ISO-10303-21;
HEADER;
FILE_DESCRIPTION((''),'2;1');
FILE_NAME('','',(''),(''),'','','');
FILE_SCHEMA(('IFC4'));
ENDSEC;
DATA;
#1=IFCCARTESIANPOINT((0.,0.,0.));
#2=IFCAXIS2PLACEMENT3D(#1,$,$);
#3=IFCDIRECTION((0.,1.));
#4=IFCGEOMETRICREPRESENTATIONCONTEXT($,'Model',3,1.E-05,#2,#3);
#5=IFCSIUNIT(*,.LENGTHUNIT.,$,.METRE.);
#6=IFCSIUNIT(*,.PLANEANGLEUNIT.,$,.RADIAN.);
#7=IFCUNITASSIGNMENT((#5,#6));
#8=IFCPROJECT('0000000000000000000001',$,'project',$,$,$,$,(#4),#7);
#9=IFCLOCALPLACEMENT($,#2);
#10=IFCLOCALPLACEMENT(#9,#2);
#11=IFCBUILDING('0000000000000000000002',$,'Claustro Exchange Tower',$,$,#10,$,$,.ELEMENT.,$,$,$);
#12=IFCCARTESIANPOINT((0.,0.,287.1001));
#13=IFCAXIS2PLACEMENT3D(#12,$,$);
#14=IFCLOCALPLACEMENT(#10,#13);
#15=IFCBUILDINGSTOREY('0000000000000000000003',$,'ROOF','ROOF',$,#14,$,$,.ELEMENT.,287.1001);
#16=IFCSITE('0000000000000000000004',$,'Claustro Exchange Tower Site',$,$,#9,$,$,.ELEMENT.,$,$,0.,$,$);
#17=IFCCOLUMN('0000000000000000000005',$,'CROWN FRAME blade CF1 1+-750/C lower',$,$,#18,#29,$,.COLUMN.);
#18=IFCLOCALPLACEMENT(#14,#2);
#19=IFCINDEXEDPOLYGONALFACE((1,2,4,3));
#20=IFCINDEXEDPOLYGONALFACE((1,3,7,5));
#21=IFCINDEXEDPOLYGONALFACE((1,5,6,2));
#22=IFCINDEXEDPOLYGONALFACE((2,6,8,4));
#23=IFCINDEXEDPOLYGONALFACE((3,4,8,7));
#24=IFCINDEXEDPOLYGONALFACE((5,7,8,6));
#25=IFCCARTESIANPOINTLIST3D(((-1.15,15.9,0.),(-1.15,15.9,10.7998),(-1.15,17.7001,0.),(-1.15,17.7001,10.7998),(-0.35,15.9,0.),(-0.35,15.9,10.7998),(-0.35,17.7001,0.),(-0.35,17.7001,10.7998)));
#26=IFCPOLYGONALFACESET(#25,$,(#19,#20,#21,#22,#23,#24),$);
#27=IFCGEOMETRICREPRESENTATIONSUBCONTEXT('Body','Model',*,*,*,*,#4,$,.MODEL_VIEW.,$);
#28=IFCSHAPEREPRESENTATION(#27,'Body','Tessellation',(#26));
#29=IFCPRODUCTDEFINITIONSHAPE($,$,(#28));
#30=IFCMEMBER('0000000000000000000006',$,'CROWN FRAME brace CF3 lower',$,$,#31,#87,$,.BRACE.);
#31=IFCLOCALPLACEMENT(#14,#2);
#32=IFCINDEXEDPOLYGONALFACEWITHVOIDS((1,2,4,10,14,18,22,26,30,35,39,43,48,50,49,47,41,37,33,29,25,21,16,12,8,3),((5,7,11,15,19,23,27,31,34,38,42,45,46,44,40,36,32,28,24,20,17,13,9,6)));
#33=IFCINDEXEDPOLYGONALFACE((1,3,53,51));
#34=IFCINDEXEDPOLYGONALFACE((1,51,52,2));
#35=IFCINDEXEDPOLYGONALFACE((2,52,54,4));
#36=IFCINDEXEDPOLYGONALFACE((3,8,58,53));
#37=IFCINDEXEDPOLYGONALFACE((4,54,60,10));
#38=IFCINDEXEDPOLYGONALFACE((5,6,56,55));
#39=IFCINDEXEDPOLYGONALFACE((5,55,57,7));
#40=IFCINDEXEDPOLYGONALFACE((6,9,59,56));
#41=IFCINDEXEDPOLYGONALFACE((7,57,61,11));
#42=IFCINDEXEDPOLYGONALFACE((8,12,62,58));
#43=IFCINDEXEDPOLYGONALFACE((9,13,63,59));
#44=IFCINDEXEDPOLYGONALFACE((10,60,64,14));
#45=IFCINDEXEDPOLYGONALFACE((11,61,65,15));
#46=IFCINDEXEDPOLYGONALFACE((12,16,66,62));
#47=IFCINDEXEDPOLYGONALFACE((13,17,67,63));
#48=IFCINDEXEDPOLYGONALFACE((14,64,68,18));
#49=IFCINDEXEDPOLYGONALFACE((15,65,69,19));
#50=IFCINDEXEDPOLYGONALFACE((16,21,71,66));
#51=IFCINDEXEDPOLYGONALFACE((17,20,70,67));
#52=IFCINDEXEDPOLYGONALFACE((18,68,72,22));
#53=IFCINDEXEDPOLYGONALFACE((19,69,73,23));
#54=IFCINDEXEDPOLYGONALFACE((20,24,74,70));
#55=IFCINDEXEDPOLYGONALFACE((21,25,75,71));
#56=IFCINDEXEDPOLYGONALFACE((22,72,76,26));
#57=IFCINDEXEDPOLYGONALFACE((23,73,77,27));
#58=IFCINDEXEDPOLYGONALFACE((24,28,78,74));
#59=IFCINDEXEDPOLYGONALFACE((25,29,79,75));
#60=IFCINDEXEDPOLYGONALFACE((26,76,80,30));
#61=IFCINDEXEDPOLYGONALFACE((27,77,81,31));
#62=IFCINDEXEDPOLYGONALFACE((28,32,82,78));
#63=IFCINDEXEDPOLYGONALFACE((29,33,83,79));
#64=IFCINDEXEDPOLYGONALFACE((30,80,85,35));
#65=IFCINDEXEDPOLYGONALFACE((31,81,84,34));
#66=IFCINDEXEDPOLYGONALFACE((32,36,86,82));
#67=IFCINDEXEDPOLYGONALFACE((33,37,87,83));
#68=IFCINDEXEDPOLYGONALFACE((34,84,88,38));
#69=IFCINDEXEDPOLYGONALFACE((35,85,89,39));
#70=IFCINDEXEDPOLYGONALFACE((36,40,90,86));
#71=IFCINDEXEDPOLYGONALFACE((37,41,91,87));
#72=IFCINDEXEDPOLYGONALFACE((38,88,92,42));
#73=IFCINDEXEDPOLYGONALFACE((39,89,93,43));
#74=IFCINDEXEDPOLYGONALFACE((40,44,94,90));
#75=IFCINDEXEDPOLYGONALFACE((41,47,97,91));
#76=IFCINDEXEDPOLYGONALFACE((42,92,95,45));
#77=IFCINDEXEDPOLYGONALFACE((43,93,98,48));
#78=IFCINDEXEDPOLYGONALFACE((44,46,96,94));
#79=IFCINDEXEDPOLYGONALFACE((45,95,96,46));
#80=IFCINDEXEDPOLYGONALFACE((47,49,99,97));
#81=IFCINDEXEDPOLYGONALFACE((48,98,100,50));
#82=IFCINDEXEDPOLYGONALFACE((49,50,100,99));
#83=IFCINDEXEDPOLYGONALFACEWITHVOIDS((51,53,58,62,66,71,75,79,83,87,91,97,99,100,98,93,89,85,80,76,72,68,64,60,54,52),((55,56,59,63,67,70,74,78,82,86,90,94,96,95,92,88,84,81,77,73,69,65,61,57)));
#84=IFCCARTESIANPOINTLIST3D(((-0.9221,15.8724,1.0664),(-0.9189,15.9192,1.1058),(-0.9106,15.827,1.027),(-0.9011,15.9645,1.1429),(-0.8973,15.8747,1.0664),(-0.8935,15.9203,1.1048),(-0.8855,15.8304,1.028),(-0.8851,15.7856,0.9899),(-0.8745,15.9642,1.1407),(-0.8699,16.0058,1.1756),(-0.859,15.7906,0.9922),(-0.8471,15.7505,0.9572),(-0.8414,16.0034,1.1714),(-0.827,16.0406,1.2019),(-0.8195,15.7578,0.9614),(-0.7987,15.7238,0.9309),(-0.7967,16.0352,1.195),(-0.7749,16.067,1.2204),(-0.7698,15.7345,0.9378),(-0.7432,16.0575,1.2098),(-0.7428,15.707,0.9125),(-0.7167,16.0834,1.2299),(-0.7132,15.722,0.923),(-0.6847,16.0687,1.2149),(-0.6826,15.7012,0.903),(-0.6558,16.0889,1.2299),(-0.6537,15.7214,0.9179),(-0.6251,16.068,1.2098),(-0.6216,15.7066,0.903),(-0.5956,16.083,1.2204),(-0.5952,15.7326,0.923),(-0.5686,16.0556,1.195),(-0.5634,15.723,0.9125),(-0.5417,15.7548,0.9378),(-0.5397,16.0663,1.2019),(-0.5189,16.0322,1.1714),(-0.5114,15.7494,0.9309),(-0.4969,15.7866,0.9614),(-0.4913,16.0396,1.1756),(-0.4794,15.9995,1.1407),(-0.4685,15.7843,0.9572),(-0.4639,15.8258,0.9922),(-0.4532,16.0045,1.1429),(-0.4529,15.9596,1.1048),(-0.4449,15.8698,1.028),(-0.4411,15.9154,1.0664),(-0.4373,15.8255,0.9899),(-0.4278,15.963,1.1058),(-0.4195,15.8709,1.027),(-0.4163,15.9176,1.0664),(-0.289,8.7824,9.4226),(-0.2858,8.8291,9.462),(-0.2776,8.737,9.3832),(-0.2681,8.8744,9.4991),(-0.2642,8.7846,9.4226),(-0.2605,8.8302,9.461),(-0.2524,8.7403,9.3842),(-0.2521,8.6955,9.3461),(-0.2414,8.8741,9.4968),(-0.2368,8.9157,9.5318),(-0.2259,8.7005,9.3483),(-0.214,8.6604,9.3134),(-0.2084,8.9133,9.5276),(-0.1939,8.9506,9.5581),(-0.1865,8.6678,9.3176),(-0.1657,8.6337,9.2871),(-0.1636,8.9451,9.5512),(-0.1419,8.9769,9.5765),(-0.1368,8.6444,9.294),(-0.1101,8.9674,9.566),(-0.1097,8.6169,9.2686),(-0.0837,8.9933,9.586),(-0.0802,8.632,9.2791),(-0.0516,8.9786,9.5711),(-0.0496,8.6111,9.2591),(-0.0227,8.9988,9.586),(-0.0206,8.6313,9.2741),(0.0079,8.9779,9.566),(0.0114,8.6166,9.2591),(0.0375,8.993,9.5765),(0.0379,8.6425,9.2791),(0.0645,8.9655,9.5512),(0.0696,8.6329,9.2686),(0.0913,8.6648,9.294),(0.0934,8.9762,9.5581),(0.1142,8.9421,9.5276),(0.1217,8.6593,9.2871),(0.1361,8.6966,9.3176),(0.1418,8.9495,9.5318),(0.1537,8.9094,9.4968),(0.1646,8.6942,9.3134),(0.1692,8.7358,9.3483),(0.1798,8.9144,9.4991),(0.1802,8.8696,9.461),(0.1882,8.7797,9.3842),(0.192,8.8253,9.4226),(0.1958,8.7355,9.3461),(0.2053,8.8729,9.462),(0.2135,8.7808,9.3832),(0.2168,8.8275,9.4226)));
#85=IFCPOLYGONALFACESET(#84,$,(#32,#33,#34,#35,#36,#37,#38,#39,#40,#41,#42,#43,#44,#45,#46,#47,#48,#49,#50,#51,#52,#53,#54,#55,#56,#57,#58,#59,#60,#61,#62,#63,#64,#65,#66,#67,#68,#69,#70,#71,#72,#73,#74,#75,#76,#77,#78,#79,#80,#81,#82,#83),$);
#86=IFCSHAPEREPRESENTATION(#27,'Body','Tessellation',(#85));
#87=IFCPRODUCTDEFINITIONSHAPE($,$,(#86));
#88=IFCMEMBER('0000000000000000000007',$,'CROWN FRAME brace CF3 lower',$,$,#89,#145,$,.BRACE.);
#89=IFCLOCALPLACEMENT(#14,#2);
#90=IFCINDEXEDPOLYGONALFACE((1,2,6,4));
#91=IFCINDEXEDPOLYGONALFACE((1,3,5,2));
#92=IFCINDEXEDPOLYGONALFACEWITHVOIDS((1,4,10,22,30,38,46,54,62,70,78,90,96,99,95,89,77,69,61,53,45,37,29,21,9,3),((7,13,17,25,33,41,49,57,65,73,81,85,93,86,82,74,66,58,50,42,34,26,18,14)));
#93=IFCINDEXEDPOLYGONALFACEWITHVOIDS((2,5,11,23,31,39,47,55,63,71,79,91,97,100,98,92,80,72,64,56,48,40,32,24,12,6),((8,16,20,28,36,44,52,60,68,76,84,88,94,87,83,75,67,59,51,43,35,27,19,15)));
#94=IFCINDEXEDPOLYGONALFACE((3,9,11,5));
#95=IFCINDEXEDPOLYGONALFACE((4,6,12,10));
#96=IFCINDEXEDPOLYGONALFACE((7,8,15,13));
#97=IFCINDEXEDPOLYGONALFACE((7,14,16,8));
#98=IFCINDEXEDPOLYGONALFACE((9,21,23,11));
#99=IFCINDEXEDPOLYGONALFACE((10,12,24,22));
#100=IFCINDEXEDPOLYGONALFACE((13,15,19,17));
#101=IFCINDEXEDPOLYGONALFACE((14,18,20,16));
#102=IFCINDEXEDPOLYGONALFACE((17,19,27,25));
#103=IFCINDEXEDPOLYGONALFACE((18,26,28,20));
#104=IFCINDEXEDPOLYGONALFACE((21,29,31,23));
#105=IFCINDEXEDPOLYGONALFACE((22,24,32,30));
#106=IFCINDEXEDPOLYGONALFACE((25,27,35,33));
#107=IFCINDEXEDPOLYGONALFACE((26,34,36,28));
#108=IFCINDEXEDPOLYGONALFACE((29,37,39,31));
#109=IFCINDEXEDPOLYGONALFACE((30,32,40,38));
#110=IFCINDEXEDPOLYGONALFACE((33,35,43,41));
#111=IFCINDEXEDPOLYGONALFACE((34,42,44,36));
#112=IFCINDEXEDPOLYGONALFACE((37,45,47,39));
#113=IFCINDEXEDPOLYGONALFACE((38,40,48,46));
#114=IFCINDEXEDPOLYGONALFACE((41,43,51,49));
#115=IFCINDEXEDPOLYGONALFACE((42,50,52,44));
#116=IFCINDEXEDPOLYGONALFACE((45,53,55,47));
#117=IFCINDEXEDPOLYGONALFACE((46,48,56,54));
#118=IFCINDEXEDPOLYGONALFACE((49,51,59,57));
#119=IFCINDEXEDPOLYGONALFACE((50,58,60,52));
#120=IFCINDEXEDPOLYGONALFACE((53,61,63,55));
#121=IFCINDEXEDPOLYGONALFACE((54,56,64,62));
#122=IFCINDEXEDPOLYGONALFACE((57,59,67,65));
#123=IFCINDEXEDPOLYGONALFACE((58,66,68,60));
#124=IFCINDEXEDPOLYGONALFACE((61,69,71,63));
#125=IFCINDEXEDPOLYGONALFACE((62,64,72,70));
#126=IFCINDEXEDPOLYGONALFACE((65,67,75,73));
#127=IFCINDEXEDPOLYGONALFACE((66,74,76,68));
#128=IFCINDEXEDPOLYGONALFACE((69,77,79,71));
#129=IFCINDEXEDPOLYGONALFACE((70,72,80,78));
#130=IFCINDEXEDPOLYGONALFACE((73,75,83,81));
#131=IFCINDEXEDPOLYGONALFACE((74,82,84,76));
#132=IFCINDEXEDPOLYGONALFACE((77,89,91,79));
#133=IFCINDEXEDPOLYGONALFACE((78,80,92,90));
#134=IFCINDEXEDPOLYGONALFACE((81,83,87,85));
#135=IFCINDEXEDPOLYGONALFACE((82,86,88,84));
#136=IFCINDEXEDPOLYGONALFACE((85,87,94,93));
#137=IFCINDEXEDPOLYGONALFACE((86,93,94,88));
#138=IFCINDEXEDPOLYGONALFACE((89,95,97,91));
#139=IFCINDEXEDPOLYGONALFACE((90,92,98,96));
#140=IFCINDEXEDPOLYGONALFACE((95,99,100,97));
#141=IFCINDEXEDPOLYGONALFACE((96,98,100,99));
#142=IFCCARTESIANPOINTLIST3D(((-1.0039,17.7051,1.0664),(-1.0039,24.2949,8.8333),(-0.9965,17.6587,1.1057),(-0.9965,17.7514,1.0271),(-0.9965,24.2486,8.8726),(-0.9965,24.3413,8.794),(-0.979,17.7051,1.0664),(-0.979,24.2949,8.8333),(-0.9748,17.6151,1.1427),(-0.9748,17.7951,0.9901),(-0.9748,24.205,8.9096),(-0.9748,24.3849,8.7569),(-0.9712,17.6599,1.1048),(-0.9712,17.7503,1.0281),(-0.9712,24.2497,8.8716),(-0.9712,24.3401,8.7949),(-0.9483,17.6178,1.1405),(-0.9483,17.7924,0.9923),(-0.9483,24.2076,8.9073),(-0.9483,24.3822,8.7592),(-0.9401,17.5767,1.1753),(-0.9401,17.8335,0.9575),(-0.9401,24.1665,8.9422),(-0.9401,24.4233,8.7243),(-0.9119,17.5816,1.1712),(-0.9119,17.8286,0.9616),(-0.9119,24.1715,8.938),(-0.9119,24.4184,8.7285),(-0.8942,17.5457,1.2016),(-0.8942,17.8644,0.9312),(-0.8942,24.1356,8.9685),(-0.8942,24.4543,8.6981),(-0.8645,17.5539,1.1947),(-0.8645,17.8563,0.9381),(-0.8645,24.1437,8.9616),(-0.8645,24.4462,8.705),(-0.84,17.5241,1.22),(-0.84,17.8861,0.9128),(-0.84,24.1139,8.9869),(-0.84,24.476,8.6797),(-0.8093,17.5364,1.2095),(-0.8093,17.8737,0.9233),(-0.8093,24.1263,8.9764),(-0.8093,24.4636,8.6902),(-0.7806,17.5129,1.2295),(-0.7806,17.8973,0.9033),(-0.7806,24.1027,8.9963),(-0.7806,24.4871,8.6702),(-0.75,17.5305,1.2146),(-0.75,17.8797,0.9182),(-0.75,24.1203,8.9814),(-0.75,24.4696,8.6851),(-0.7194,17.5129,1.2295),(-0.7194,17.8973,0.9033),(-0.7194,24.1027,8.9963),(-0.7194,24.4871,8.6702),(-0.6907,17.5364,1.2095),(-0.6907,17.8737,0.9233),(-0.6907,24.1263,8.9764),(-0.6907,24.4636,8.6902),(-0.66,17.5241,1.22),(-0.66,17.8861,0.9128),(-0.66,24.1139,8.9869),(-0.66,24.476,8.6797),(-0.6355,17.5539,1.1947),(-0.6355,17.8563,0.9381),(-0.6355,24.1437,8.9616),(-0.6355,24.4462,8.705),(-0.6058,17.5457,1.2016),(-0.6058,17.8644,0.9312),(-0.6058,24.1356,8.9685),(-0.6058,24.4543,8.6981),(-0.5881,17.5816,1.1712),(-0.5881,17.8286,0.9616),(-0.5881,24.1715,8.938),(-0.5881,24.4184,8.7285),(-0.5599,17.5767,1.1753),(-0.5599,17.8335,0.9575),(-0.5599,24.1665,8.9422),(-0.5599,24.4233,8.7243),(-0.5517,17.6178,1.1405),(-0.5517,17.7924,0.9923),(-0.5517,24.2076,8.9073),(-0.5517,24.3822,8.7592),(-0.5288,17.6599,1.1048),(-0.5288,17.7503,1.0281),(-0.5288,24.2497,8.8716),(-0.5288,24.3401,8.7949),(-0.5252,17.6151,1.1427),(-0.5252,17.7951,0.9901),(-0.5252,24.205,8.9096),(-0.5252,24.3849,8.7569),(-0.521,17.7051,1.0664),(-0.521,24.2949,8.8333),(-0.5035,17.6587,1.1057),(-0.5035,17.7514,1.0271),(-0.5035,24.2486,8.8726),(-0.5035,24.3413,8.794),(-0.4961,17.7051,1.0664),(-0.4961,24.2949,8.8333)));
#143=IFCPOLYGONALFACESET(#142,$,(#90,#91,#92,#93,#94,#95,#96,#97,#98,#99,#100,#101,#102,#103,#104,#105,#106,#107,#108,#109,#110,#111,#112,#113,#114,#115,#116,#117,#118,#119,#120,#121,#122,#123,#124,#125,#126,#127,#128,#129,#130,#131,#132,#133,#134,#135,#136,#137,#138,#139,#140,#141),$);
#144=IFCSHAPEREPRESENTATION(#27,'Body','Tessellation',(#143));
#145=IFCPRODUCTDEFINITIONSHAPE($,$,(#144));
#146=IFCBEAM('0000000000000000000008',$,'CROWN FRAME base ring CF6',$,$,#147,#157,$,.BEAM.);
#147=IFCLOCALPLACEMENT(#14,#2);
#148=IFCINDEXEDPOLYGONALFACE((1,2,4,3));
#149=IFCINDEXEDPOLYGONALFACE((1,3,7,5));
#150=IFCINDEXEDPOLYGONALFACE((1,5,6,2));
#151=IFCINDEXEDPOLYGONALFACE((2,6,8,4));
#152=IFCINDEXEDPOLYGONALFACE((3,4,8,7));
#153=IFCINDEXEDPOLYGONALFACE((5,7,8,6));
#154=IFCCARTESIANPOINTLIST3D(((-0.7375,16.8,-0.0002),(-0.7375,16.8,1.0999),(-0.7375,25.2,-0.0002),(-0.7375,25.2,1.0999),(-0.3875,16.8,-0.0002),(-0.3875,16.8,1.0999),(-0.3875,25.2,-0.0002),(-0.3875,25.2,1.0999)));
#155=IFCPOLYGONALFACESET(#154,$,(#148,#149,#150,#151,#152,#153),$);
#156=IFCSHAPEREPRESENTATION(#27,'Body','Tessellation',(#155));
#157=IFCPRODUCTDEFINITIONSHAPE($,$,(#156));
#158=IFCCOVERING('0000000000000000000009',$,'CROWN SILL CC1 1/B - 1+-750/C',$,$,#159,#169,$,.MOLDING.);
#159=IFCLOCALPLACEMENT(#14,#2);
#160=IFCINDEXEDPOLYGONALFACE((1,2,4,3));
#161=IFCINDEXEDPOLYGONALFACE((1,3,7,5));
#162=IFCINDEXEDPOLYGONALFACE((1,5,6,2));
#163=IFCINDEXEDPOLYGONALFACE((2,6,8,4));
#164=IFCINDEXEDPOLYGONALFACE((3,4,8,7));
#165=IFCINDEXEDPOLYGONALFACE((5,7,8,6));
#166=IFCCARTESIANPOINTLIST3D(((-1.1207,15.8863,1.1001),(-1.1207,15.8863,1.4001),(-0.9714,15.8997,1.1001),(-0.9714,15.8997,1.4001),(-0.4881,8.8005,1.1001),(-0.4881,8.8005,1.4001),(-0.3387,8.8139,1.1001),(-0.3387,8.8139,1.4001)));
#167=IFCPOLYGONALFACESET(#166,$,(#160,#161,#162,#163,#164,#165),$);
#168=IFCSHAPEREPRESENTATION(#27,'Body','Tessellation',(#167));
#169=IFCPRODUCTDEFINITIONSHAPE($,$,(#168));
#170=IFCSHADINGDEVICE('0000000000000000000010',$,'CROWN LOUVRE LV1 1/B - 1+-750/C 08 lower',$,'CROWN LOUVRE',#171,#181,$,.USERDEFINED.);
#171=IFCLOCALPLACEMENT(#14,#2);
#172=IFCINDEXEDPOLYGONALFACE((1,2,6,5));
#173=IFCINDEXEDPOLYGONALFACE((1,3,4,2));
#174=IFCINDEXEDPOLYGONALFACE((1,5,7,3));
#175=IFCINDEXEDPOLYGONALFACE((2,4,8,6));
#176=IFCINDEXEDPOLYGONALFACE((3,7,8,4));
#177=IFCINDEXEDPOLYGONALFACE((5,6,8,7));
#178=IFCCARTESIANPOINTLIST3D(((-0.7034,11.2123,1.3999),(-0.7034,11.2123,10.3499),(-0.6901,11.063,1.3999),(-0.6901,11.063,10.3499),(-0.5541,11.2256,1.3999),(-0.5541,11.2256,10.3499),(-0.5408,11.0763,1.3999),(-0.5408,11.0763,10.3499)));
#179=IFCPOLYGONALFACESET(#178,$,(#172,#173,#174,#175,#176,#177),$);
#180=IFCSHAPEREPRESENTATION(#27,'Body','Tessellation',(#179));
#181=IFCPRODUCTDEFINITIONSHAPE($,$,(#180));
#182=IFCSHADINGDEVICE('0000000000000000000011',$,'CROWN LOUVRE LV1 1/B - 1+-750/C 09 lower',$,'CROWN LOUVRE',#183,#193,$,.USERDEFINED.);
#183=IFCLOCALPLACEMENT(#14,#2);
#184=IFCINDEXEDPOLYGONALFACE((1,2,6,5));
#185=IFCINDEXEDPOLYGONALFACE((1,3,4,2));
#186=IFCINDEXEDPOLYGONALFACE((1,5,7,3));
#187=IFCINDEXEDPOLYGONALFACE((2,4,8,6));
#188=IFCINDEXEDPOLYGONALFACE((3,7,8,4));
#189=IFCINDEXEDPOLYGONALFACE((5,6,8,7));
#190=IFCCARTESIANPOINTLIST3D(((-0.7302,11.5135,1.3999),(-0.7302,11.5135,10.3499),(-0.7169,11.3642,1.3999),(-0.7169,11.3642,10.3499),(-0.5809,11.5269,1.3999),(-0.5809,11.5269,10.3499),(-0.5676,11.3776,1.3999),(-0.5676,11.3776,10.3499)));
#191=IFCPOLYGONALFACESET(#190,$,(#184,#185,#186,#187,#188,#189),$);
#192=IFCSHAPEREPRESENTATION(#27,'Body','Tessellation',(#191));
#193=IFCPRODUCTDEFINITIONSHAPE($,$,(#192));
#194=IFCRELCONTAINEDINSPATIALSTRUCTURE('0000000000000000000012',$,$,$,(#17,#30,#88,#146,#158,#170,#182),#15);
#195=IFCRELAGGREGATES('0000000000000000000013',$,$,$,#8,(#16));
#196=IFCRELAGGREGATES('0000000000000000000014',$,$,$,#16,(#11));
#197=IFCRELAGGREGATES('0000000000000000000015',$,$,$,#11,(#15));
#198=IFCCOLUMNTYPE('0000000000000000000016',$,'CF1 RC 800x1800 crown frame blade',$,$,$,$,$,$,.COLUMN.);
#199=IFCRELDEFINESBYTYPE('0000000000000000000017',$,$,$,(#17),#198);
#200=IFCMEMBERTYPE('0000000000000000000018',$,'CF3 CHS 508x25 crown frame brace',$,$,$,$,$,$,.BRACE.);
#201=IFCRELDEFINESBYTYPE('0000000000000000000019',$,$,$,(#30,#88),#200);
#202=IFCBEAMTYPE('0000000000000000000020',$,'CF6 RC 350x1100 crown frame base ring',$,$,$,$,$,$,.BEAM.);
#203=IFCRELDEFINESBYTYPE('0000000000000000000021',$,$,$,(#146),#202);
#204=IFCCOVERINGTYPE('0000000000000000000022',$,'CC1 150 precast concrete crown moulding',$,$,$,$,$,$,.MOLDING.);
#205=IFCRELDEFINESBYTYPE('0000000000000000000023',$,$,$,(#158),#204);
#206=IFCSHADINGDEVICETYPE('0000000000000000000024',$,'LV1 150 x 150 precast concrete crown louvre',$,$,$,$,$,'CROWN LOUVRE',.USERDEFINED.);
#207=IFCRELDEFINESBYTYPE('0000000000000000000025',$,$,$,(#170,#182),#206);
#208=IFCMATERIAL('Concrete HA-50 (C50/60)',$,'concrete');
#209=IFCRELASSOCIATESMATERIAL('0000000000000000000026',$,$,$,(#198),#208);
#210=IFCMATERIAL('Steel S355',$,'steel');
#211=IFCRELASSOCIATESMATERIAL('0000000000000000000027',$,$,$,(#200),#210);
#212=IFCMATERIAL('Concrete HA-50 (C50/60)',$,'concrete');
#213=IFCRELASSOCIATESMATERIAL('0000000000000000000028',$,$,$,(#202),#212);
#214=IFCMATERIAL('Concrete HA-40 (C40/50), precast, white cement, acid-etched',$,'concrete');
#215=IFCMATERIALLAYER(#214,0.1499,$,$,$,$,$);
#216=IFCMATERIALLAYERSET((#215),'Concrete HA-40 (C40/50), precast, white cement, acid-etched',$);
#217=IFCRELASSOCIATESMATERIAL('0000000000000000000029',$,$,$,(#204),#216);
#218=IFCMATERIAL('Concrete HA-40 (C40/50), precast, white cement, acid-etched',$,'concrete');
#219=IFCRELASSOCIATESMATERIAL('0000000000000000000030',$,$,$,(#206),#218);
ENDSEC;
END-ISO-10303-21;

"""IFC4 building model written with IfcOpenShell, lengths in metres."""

from ifc_helpers import new_model, si_unit, direction, frame, origin, origin_2d, place, context, subcontext, project, spatial, rectangle, hollow_circle, extrude, material, layer, layer_set, material_profile, profile_set, type_object, element, save


model = new_model("IFC4")

# Units and contexts
model_context = context("Model", 3, precision=1e-05, world=origin(), true_north=direction((0.0, 1.0)))
body_context = subcontext(model_context, "Body", "Model", "MODEL_VIEW")
ifc_project = project(units=[si_unit("LENGTHUNIT", "METRE"), si_unit("PLANEANGLEUNIT", "RADIAN")], contexts=[model_context])

# Site, building, storey
site_placement = place(None, origin())
site = spatial("IfcSite", under=ifc_project, at=site_placement, Name="Claustro Exchange Tower Site", CompositionType="ELEMENT", RefElevation=0.0)
building_placement = place(site_placement, origin())
building = spatial("IfcBuilding", under=site, at=building_placement, Name="Claustro Exchange Tower", CompositionType="ELEMENT")
storey_placement = place(building_placement, frame((0.0, 0.0, 287.1001)))
storey = spatial("IfcBuildingStorey", under=building, at=storey_placement, Name="ROOF", Description="ROOF", CompositionType="ELEMENT", Elevation=287.1001)

# Column
ifc_material_1 = material(Name="Concrete HA-50 (C50/60)", Category="concrete")
ifc_material_profile_1 = material_profile(ifc_material_1, rectangle(XDim=0.8, YDim=1.8, at=origin_2d()), Name="RC 800x1800")
ifc_profile_set_1 = profile_set([ifc_material_profile_1], Name="Concrete HA-50 (C50/60)")
column_type = type_object("IfcColumnType", Name="CF1 RC 800x1800 crown frame blade", PredefinedType="COLUMN", material=ifc_profile_set_1)
column_placement = place(storey_placement, frame((-0.75, 16.8, 0.0), z_axis=(0.0, 0.0, 1.0), x_axis=(1.0, 0.0, 0.0)))
element("IfcColumn", 1, at=column_placement, inside=storey, type_object=column_type, Name="CROWN FRAME blade CF1 1+-750/C lower", PredefinedType="COLUMN", context=body_context, shape_type="SweptSolid", body=[
    extrude(rectangle(XDim=0.8, YDim=1.8, at=origin_2d()), origin(), (0.0, 0.0, 1.0), 10.7998),
])

# Members
ifc_material_2 = material(Name="Steel S355", Category="steel")
ifc_material_profile_2 = material_profile(ifc_material_2, hollow_circle(Radius=0.2539, WallThickness=0.0249, at=origin_2d()), Name="CHS 508x25")
ifc_profile_set_2 = profile_set([ifc_material_profile_2], Name="Steel S355")
member_type = type_object("IfcMemberType", Name="CF3 CHS 508x25 crown frame brace", PredefinedType="BRACE", material=ifc_profile_set_2)
member_1_placement = place(storey_placement, frame((-0.6692, 15.895, 1.0664), z_axis=(0.057671, -0.645899, 0.761241), x_axis=(0.996038, 0.088934, 0.0)))
element("IfcMember", 2, at=member_1_placement, inside=storey, type_object=member_type, Name="CROWN FRAME brace CF3 lower", PredefinedType="BRACE", context=body_context, shape_type="SweptSolid", body=[
    extrude(hollow_circle(Radius=0.2539, WallThickness=0.0249, at=origin_2d()), origin(), (0.0, 0.0, 1.0), 10.9771),
])
member_2_placement = place(storey_placement, frame((-0.75, 17.7051, 1.0664), z_axis=(0.0, 0.646966, 0.762519), x_axis=(-1.0, 0.0, 0.0)))
element("IfcMember", 3, at=member_2_placement, inside=storey, type_object=member_type, Name="CROWN FRAME brace CF3 lower", PredefinedType="BRACE", context=body_context, shape_type="SweptSolid", body=[
    extrude(hollow_circle(Radius=0.2539, WallThickness=0.0249, at=origin_2d()), origin(), (0.0, 0.0, 1.0), 10.1858),
])

# Beam
ifc_material_3 = material(Name="Concrete HA-50 (C50/60)", Category="concrete")
ifc_material_profile_3 = material_profile(ifc_material_3, rectangle(XDim=0.3501, YDim=1.1001, at=origin_2d()), Name="RC 350x1100")
ifc_profile_set_3 = profile_set([ifc_material_profile_3], Name="Concrete HA-50 (C50/60)")
beam_type = type_object("IfcBeamType", Name="CF6 RC 350x1100 crown frame base ring", PredefinedType="BEAM", material=ifc_profile_set_3)
beam_placement = place(storey_placement, frame((-0.5625, 16.8, 0.5498), z_axis=(0.0, 1.0, 0.0), x_axis=(-1.0, 0.0, 0.0)))
element("IfcBeam", 4, at=beam_placement, inside=storey, type_object=beam_type, Name="CROWN FRAME base ring CF6", PredefinedType="BEAM", context=body_context, shape_type="SweptSolid", body=[
    extrude(rectangle(XDim=0.3501, YDim=1.1001, at=origin_2d()), origin(), (0.0, 0.0, 1.0), 8.3999),
])

# Covering
ifc_material_4 = material(Name="Concrete HA-40 (C40/50), precast, white cement, acid-etched", Category="concrete")
ifc_layer_1 = layer(ifc_material_4, 0.1499)
ifc_layer_set_1 = layer_set([ifc_layer_1], Name="Concrete HA-40 (C40/50), precast, white cement, acid-etched")
covering_type = type_object("IfcCoveringType", Name="CC1 150 precast concrete crown moulding", PredefinedType="MOLDING", material=ifc_layer_set_1)
covering_placement = place(storey_placement, frame((-0.7297, 12.3501, 1.1001), z_axis=(0.0, 0.0, 1.0), x_axis=(-0.088933, 0.996038, 0.0)))
element("IfcCovering", 5, at=covering_placement, inside=storey, type_object=covering_type, Name="CROWN SILL CC1 1/B - 1+-750/C", PredefinedType="MOLDING", context=body_context, shape_type="SweptSolid", body=[
    extrude(rectangle(XDim=7.114, YDim=0.1499, at=origin_2d()), origin(), (0.0, 0.0, 1.0), 0.3),
])

# Shading devices
ifc_material_5 = material(Name="Concrete HA-40 (C40/50), precast, white cement, acid-etched", Category="concrete")
shading_device_type = type_object("IfcShadingDeviceType", Name="LV1 150 x 150 precast concrete crown louvre", ElementType="CROWN LOUVRE", PredefinedType="USERDEFINED", material=ifc_material_5)
for number, where, z_axis, x_axis, name in (
    (6, (-0.6221, 11.1443, 1.3999), (0.0, 0.0, 1.0), (-0.088933, 0.996038, 0.0), "CROWN LOUVRE LV1 1/B - 1+-750/C 08 lower"),
    (7, (-0.6489, 11.4456, 1.3999), (0.0, 0.0, 1.0), (-0.088933, 0.996038, 0.0), "CROWN LOUVRE LV1 1/B - 1+-750/C 09 lower"),
):
    element("IfcShadingDevice", number, at=place(storey_placement, frame(where, z_axis=z_axis, x_axis=x_axis)), inside=storey, type_object=shading_device_type, Name=name, ObjectType="CROWN LOUVRE", PredefinedType="USERDEFINED", context=body_context, shape_type="SweptSolid", body=[
        extrude(rectangle(XDim=0.1499, YDim=0.1499, at=origin_2d()), origin(), (0.0, 0.0, 1.0), 8.95),
    ])

save(model, "model.ifc")
